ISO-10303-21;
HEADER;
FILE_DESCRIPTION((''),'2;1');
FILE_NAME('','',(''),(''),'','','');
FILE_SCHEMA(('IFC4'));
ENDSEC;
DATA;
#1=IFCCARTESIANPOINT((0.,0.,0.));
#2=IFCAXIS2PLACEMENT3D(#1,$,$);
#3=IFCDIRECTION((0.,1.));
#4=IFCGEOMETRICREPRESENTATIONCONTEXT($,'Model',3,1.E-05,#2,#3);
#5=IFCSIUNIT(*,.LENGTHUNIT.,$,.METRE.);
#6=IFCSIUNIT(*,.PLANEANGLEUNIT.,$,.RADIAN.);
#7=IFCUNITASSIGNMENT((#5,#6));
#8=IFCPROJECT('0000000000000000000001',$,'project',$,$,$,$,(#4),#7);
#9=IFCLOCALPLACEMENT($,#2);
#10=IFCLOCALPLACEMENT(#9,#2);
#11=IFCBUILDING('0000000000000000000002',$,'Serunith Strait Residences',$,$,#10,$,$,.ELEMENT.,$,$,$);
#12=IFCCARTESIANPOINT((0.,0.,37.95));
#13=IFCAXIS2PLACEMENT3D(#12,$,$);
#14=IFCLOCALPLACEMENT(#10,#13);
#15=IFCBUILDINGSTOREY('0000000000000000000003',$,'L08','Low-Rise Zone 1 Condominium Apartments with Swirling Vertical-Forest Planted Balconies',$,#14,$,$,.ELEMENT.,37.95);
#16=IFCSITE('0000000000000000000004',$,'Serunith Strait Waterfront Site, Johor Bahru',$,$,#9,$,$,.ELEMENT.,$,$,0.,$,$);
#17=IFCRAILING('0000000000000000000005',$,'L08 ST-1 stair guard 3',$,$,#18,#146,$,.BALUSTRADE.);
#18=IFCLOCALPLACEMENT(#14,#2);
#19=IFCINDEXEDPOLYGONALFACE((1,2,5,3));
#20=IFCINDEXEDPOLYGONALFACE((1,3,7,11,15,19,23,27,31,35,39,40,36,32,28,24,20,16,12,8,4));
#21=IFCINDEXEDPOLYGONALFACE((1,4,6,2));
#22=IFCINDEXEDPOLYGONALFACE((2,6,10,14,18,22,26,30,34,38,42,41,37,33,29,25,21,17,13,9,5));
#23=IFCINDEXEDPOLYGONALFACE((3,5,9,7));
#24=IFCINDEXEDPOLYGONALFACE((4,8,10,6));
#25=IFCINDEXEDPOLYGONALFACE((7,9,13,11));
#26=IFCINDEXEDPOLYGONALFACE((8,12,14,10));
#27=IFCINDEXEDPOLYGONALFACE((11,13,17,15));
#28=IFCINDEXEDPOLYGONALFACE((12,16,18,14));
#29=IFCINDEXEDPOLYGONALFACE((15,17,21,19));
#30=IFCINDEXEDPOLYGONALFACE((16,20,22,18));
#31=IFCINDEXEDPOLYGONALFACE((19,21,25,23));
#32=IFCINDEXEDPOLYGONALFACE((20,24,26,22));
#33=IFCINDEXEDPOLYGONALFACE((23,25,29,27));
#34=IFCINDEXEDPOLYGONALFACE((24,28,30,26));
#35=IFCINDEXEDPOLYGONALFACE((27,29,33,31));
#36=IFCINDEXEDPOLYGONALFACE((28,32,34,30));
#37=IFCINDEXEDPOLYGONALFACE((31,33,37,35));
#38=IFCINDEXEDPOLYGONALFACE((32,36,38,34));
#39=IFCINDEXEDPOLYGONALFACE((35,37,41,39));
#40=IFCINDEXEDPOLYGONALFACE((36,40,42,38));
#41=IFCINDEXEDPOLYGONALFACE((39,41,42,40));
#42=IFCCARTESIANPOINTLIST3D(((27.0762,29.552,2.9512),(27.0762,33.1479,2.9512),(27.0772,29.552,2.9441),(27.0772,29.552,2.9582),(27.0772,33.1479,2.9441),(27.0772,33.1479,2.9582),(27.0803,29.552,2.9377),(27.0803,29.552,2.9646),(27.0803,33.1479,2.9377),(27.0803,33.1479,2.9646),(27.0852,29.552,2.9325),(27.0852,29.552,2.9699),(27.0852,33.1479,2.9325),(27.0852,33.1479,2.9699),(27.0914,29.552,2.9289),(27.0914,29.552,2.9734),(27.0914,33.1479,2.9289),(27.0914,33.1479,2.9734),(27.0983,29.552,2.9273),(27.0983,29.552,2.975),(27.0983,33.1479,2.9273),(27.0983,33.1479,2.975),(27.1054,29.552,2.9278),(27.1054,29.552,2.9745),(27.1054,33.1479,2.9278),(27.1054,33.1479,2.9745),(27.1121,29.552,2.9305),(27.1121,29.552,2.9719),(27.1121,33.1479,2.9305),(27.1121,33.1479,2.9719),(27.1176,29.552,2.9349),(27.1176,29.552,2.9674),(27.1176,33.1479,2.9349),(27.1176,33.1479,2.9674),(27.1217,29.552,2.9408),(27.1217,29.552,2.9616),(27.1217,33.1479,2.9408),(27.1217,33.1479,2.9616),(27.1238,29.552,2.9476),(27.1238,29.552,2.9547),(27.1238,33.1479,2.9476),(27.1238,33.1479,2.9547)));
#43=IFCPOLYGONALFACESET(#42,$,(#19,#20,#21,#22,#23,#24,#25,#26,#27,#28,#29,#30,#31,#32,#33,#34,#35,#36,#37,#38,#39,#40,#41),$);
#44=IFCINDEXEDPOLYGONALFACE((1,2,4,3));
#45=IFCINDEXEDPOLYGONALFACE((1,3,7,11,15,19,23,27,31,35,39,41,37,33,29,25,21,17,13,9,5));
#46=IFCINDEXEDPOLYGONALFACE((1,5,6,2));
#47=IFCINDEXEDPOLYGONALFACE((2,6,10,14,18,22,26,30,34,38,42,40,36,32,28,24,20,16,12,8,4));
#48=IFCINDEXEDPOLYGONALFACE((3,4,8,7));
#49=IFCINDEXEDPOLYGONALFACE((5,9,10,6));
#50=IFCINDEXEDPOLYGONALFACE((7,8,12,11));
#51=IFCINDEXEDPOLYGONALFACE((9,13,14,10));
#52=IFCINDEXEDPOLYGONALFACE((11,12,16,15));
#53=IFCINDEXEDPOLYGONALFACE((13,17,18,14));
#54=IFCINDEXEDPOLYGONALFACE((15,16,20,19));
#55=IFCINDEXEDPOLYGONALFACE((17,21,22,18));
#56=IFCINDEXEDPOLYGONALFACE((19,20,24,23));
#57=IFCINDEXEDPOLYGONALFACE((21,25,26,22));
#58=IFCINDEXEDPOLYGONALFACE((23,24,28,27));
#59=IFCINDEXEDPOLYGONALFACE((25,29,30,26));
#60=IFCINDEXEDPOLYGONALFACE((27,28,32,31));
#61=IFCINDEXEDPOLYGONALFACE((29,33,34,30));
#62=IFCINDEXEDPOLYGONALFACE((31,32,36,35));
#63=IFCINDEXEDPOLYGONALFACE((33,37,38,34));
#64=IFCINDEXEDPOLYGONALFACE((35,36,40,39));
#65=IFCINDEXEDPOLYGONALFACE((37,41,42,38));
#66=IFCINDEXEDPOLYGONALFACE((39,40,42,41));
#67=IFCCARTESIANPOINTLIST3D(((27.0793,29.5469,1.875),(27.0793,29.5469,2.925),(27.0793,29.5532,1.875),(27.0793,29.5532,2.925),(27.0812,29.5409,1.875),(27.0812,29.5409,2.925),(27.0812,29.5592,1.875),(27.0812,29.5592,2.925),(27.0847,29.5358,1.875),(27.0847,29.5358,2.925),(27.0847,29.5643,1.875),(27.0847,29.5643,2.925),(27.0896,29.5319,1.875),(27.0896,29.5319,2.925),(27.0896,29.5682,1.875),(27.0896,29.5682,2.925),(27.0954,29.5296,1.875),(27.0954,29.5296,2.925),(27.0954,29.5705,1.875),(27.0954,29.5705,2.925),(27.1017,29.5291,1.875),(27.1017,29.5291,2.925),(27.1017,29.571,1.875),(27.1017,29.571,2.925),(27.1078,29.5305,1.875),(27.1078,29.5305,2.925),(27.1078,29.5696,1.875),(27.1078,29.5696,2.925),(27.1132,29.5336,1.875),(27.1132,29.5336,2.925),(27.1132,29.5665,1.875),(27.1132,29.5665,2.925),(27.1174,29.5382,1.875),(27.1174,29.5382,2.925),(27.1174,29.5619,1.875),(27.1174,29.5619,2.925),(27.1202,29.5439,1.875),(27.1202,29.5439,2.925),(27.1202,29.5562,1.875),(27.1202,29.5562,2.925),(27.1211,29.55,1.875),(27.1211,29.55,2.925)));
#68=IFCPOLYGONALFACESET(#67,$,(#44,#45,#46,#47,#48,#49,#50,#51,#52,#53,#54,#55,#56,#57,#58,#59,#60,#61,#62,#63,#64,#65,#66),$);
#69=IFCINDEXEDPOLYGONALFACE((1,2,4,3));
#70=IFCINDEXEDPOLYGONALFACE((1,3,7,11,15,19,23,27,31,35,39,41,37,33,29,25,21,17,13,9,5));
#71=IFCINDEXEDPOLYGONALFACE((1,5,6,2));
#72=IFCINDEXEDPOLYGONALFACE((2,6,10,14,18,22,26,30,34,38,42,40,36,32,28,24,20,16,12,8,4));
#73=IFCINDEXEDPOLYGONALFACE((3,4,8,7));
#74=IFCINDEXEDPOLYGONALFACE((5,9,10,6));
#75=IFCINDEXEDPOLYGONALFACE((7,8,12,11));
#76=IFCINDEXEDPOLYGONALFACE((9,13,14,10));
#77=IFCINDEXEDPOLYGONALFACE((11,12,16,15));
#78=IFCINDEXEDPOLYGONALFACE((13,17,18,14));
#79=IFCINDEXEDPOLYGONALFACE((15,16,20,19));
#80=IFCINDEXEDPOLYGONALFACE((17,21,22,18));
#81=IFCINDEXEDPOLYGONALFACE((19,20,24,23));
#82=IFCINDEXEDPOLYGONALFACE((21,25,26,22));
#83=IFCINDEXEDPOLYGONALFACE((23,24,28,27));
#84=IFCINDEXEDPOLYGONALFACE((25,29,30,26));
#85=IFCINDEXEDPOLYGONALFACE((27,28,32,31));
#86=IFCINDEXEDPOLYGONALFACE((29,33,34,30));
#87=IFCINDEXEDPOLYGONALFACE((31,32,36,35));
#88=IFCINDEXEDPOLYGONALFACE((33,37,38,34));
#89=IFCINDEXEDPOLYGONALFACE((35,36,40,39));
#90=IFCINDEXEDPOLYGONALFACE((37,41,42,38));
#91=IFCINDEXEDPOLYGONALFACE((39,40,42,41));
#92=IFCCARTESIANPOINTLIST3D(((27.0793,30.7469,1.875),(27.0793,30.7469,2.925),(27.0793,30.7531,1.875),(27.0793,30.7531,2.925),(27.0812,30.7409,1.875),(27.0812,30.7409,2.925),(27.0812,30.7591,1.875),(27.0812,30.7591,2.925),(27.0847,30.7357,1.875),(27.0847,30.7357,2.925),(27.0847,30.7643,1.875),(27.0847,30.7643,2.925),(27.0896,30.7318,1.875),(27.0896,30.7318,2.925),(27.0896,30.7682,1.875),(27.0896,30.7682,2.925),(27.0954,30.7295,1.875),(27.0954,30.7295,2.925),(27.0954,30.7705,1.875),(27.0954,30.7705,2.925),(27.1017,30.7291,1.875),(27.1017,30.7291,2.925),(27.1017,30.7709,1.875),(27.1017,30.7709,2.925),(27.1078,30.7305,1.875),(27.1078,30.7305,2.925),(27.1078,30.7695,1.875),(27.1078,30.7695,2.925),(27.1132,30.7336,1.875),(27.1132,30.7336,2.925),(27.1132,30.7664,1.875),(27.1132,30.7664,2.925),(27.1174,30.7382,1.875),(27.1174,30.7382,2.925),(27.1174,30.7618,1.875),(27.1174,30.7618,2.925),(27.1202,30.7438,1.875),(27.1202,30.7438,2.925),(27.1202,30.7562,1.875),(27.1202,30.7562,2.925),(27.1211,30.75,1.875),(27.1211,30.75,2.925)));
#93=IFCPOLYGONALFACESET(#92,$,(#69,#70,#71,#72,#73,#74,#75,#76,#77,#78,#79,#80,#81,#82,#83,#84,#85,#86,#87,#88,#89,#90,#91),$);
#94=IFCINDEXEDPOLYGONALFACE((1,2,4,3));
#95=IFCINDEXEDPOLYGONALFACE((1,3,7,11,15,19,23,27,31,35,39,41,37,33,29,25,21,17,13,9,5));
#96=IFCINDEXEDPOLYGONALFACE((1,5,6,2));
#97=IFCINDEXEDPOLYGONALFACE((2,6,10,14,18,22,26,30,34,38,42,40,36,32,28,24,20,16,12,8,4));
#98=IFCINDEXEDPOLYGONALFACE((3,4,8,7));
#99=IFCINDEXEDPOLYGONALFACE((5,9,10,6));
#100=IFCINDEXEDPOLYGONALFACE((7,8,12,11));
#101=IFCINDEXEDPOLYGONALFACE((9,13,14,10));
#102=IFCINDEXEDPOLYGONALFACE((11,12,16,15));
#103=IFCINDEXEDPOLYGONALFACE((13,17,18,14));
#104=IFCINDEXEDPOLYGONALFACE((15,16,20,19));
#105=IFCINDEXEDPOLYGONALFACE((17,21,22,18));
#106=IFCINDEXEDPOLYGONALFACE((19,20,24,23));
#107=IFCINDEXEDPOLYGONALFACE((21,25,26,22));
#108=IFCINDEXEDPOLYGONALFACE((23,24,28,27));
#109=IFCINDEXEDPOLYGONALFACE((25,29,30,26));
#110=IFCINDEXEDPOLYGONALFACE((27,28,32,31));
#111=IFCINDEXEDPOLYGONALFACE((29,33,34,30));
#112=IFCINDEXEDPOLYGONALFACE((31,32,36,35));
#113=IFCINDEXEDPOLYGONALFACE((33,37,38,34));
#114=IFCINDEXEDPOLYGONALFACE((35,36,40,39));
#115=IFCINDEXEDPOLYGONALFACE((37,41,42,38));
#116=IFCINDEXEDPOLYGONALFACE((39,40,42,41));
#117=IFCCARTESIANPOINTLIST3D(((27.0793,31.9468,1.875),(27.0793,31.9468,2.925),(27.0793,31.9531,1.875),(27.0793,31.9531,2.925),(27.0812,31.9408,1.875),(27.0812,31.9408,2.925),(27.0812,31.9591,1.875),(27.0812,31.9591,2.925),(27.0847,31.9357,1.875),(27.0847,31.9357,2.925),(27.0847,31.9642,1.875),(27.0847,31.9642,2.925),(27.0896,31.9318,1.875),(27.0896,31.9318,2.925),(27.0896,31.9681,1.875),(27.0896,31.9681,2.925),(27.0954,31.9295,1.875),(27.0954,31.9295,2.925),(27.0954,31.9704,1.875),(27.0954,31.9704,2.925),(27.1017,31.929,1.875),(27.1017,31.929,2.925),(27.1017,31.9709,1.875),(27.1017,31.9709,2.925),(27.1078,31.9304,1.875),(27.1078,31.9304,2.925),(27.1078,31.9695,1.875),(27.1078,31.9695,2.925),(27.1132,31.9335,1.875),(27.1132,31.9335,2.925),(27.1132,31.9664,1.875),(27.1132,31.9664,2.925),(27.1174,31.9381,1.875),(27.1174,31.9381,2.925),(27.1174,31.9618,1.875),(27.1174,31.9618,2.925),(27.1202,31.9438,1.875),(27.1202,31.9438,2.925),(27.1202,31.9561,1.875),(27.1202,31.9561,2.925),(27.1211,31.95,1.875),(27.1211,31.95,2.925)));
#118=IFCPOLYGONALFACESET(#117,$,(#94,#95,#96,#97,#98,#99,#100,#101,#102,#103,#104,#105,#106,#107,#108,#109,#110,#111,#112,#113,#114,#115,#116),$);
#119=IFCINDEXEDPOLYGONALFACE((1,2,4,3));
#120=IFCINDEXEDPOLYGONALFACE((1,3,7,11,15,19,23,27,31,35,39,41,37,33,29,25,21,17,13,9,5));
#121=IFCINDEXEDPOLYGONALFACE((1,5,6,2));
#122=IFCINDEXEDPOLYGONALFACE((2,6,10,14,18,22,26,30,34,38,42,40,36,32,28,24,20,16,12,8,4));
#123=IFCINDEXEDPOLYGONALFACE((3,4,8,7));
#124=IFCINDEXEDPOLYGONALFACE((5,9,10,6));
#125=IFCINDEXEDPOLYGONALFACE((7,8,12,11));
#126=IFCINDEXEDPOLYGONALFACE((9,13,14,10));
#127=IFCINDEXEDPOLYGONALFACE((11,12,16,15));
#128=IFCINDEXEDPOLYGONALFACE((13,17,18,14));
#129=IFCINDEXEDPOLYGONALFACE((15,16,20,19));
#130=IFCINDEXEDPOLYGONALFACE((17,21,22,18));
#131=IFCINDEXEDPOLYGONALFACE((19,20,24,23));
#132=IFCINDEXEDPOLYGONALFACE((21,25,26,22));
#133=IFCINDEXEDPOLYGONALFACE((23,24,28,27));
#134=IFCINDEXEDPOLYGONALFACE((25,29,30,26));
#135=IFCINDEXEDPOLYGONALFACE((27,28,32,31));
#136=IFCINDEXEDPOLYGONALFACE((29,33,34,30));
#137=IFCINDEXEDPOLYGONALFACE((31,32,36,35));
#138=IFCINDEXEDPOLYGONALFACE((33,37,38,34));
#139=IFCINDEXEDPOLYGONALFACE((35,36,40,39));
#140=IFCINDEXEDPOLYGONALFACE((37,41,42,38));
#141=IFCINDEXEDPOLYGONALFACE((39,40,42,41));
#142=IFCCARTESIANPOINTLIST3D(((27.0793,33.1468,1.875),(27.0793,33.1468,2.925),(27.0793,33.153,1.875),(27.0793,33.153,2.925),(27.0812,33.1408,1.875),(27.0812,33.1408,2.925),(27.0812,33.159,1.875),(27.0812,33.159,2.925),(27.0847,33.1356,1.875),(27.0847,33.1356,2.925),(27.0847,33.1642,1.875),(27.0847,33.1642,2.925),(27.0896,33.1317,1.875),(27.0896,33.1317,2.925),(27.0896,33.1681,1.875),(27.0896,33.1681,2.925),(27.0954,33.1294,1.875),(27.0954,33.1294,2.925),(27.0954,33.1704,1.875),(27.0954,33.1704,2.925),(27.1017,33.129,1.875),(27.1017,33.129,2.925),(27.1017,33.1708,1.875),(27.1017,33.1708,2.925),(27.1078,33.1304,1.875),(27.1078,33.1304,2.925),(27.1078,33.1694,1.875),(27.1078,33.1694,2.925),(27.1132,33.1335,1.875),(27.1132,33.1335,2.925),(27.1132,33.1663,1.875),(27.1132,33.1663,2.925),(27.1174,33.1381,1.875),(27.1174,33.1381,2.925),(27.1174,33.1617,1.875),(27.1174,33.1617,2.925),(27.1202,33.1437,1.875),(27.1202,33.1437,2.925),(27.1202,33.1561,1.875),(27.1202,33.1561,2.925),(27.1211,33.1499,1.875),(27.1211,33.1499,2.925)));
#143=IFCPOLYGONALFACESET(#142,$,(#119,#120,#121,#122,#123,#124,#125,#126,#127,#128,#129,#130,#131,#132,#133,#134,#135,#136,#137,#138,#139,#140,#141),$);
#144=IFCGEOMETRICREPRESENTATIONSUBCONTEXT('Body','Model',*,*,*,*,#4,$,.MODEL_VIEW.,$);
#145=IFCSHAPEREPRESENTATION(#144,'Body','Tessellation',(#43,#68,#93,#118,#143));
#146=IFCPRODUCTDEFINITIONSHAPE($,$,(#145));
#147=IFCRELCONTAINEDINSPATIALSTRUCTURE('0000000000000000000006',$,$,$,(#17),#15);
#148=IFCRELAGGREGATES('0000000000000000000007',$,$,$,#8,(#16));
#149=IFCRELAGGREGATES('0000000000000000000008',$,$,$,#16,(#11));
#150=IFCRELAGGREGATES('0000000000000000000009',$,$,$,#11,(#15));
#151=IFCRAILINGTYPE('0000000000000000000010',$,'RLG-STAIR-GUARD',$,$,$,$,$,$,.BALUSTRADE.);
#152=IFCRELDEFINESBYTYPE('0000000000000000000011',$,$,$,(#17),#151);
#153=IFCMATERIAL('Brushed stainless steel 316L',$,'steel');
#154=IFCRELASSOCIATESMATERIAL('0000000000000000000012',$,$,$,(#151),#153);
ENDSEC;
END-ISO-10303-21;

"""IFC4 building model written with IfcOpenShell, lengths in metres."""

from ifc_helpers import new_model, si_unit, direction, frame, origin, origin_2d, place, context, subcontext, project, spatial, circle, extrude, material, type_object, element, save


model = new_model("IFC4")

# Units and contexts
model_context = context("Model", 3, precision=1e-05, world=origin(), true_north=direction((0.0, 1.0)))
body_context = subcontext(model_context, "Body", "Model", "MODEL_VIEW")
ifc_project = project(units=[si_unit("LENGTHUNIT", "METRE"), si_unit("PLANEANGLEUNIT", "RADIAN")], contexts=[model_context])

# Site, building, storey
site_placement = place(None, origin())
site = spatial("IfcSite", under=ifc_project, at=site_placement, Name="Serunith Strait Waterfront Site, Johor Bahru", CompositionType="ELEMENT", RefElevation=0.0)
building_placement = place(site_placement, origin())
building = spatial("IfcBuilding", under=site, at=building_placement, Name="Serunith Strait Residences", CompositionType="ELEMENT")
storey_placement = place(building_placement, frame((0.0, 0.0, 37.95)))
storey = spatial("IfcBuildingStorey", under=building, at=storey_placement, Name="L08", Description="Low-Rise Zone 1 Condominium Apartments with Swirling Vertical-Forest Planted Balconies", CompositionType="ELEMENT", Elevation=37.95)

# Railing
ifc_material_1 = material(Name="Brushed stainless steel 316L", Category="steel")
railing_type_1 = type_object("IfcRailingType", Name="RLG-STAIR-GUARD", PredefinedType="BALUSTRADE", material=ifc_material_1)
for number, where, name in (
    (1, (27.1001, 29.55, 1.875), "L08 ST-1 stair guard 3"),
):
    element("IfcRailing", number, at=place(storey_placement, frame(where)), inside=storey, type_object=railing_type_1, Name=name, PredefinedType="BALUSTRADE", context=body_context, shape_type="SweptSolid", body=[
        extrude(circle(Radius=0.0239, at=origin_2d()), frame((0.0, 0.002, 1.0762), z_axis=(0.0, 1.0, 0.0), x_axis=(-1.0, 0.0, 0.0)), (0.0, 0.0, 1.0), 3.5959),
        extrude(circle(Radius=0.021, at=origin_2d()), origin(), (0.0, 0.0, 1.0), 1.05),
        extrude(circle(Radius=0.021, at=origin_2d()), frame((0.0, 1.2, 0.0)), (0.0, 0.0, 1.0), 1.05),
        extrude(circle(Radius=0.021, at=origin_2d()), frame((0.0, 2.3999, 0.0)), (0.0, 0.0, 1.0), 1.05),
        extrude(circle(Radius=0.021, at=origin_2d()), frame((0.0, 3.5999, 0.0)), (0.0, 0.0, 1.0), 1.05),
    ])

save(model, "model.ifc")
